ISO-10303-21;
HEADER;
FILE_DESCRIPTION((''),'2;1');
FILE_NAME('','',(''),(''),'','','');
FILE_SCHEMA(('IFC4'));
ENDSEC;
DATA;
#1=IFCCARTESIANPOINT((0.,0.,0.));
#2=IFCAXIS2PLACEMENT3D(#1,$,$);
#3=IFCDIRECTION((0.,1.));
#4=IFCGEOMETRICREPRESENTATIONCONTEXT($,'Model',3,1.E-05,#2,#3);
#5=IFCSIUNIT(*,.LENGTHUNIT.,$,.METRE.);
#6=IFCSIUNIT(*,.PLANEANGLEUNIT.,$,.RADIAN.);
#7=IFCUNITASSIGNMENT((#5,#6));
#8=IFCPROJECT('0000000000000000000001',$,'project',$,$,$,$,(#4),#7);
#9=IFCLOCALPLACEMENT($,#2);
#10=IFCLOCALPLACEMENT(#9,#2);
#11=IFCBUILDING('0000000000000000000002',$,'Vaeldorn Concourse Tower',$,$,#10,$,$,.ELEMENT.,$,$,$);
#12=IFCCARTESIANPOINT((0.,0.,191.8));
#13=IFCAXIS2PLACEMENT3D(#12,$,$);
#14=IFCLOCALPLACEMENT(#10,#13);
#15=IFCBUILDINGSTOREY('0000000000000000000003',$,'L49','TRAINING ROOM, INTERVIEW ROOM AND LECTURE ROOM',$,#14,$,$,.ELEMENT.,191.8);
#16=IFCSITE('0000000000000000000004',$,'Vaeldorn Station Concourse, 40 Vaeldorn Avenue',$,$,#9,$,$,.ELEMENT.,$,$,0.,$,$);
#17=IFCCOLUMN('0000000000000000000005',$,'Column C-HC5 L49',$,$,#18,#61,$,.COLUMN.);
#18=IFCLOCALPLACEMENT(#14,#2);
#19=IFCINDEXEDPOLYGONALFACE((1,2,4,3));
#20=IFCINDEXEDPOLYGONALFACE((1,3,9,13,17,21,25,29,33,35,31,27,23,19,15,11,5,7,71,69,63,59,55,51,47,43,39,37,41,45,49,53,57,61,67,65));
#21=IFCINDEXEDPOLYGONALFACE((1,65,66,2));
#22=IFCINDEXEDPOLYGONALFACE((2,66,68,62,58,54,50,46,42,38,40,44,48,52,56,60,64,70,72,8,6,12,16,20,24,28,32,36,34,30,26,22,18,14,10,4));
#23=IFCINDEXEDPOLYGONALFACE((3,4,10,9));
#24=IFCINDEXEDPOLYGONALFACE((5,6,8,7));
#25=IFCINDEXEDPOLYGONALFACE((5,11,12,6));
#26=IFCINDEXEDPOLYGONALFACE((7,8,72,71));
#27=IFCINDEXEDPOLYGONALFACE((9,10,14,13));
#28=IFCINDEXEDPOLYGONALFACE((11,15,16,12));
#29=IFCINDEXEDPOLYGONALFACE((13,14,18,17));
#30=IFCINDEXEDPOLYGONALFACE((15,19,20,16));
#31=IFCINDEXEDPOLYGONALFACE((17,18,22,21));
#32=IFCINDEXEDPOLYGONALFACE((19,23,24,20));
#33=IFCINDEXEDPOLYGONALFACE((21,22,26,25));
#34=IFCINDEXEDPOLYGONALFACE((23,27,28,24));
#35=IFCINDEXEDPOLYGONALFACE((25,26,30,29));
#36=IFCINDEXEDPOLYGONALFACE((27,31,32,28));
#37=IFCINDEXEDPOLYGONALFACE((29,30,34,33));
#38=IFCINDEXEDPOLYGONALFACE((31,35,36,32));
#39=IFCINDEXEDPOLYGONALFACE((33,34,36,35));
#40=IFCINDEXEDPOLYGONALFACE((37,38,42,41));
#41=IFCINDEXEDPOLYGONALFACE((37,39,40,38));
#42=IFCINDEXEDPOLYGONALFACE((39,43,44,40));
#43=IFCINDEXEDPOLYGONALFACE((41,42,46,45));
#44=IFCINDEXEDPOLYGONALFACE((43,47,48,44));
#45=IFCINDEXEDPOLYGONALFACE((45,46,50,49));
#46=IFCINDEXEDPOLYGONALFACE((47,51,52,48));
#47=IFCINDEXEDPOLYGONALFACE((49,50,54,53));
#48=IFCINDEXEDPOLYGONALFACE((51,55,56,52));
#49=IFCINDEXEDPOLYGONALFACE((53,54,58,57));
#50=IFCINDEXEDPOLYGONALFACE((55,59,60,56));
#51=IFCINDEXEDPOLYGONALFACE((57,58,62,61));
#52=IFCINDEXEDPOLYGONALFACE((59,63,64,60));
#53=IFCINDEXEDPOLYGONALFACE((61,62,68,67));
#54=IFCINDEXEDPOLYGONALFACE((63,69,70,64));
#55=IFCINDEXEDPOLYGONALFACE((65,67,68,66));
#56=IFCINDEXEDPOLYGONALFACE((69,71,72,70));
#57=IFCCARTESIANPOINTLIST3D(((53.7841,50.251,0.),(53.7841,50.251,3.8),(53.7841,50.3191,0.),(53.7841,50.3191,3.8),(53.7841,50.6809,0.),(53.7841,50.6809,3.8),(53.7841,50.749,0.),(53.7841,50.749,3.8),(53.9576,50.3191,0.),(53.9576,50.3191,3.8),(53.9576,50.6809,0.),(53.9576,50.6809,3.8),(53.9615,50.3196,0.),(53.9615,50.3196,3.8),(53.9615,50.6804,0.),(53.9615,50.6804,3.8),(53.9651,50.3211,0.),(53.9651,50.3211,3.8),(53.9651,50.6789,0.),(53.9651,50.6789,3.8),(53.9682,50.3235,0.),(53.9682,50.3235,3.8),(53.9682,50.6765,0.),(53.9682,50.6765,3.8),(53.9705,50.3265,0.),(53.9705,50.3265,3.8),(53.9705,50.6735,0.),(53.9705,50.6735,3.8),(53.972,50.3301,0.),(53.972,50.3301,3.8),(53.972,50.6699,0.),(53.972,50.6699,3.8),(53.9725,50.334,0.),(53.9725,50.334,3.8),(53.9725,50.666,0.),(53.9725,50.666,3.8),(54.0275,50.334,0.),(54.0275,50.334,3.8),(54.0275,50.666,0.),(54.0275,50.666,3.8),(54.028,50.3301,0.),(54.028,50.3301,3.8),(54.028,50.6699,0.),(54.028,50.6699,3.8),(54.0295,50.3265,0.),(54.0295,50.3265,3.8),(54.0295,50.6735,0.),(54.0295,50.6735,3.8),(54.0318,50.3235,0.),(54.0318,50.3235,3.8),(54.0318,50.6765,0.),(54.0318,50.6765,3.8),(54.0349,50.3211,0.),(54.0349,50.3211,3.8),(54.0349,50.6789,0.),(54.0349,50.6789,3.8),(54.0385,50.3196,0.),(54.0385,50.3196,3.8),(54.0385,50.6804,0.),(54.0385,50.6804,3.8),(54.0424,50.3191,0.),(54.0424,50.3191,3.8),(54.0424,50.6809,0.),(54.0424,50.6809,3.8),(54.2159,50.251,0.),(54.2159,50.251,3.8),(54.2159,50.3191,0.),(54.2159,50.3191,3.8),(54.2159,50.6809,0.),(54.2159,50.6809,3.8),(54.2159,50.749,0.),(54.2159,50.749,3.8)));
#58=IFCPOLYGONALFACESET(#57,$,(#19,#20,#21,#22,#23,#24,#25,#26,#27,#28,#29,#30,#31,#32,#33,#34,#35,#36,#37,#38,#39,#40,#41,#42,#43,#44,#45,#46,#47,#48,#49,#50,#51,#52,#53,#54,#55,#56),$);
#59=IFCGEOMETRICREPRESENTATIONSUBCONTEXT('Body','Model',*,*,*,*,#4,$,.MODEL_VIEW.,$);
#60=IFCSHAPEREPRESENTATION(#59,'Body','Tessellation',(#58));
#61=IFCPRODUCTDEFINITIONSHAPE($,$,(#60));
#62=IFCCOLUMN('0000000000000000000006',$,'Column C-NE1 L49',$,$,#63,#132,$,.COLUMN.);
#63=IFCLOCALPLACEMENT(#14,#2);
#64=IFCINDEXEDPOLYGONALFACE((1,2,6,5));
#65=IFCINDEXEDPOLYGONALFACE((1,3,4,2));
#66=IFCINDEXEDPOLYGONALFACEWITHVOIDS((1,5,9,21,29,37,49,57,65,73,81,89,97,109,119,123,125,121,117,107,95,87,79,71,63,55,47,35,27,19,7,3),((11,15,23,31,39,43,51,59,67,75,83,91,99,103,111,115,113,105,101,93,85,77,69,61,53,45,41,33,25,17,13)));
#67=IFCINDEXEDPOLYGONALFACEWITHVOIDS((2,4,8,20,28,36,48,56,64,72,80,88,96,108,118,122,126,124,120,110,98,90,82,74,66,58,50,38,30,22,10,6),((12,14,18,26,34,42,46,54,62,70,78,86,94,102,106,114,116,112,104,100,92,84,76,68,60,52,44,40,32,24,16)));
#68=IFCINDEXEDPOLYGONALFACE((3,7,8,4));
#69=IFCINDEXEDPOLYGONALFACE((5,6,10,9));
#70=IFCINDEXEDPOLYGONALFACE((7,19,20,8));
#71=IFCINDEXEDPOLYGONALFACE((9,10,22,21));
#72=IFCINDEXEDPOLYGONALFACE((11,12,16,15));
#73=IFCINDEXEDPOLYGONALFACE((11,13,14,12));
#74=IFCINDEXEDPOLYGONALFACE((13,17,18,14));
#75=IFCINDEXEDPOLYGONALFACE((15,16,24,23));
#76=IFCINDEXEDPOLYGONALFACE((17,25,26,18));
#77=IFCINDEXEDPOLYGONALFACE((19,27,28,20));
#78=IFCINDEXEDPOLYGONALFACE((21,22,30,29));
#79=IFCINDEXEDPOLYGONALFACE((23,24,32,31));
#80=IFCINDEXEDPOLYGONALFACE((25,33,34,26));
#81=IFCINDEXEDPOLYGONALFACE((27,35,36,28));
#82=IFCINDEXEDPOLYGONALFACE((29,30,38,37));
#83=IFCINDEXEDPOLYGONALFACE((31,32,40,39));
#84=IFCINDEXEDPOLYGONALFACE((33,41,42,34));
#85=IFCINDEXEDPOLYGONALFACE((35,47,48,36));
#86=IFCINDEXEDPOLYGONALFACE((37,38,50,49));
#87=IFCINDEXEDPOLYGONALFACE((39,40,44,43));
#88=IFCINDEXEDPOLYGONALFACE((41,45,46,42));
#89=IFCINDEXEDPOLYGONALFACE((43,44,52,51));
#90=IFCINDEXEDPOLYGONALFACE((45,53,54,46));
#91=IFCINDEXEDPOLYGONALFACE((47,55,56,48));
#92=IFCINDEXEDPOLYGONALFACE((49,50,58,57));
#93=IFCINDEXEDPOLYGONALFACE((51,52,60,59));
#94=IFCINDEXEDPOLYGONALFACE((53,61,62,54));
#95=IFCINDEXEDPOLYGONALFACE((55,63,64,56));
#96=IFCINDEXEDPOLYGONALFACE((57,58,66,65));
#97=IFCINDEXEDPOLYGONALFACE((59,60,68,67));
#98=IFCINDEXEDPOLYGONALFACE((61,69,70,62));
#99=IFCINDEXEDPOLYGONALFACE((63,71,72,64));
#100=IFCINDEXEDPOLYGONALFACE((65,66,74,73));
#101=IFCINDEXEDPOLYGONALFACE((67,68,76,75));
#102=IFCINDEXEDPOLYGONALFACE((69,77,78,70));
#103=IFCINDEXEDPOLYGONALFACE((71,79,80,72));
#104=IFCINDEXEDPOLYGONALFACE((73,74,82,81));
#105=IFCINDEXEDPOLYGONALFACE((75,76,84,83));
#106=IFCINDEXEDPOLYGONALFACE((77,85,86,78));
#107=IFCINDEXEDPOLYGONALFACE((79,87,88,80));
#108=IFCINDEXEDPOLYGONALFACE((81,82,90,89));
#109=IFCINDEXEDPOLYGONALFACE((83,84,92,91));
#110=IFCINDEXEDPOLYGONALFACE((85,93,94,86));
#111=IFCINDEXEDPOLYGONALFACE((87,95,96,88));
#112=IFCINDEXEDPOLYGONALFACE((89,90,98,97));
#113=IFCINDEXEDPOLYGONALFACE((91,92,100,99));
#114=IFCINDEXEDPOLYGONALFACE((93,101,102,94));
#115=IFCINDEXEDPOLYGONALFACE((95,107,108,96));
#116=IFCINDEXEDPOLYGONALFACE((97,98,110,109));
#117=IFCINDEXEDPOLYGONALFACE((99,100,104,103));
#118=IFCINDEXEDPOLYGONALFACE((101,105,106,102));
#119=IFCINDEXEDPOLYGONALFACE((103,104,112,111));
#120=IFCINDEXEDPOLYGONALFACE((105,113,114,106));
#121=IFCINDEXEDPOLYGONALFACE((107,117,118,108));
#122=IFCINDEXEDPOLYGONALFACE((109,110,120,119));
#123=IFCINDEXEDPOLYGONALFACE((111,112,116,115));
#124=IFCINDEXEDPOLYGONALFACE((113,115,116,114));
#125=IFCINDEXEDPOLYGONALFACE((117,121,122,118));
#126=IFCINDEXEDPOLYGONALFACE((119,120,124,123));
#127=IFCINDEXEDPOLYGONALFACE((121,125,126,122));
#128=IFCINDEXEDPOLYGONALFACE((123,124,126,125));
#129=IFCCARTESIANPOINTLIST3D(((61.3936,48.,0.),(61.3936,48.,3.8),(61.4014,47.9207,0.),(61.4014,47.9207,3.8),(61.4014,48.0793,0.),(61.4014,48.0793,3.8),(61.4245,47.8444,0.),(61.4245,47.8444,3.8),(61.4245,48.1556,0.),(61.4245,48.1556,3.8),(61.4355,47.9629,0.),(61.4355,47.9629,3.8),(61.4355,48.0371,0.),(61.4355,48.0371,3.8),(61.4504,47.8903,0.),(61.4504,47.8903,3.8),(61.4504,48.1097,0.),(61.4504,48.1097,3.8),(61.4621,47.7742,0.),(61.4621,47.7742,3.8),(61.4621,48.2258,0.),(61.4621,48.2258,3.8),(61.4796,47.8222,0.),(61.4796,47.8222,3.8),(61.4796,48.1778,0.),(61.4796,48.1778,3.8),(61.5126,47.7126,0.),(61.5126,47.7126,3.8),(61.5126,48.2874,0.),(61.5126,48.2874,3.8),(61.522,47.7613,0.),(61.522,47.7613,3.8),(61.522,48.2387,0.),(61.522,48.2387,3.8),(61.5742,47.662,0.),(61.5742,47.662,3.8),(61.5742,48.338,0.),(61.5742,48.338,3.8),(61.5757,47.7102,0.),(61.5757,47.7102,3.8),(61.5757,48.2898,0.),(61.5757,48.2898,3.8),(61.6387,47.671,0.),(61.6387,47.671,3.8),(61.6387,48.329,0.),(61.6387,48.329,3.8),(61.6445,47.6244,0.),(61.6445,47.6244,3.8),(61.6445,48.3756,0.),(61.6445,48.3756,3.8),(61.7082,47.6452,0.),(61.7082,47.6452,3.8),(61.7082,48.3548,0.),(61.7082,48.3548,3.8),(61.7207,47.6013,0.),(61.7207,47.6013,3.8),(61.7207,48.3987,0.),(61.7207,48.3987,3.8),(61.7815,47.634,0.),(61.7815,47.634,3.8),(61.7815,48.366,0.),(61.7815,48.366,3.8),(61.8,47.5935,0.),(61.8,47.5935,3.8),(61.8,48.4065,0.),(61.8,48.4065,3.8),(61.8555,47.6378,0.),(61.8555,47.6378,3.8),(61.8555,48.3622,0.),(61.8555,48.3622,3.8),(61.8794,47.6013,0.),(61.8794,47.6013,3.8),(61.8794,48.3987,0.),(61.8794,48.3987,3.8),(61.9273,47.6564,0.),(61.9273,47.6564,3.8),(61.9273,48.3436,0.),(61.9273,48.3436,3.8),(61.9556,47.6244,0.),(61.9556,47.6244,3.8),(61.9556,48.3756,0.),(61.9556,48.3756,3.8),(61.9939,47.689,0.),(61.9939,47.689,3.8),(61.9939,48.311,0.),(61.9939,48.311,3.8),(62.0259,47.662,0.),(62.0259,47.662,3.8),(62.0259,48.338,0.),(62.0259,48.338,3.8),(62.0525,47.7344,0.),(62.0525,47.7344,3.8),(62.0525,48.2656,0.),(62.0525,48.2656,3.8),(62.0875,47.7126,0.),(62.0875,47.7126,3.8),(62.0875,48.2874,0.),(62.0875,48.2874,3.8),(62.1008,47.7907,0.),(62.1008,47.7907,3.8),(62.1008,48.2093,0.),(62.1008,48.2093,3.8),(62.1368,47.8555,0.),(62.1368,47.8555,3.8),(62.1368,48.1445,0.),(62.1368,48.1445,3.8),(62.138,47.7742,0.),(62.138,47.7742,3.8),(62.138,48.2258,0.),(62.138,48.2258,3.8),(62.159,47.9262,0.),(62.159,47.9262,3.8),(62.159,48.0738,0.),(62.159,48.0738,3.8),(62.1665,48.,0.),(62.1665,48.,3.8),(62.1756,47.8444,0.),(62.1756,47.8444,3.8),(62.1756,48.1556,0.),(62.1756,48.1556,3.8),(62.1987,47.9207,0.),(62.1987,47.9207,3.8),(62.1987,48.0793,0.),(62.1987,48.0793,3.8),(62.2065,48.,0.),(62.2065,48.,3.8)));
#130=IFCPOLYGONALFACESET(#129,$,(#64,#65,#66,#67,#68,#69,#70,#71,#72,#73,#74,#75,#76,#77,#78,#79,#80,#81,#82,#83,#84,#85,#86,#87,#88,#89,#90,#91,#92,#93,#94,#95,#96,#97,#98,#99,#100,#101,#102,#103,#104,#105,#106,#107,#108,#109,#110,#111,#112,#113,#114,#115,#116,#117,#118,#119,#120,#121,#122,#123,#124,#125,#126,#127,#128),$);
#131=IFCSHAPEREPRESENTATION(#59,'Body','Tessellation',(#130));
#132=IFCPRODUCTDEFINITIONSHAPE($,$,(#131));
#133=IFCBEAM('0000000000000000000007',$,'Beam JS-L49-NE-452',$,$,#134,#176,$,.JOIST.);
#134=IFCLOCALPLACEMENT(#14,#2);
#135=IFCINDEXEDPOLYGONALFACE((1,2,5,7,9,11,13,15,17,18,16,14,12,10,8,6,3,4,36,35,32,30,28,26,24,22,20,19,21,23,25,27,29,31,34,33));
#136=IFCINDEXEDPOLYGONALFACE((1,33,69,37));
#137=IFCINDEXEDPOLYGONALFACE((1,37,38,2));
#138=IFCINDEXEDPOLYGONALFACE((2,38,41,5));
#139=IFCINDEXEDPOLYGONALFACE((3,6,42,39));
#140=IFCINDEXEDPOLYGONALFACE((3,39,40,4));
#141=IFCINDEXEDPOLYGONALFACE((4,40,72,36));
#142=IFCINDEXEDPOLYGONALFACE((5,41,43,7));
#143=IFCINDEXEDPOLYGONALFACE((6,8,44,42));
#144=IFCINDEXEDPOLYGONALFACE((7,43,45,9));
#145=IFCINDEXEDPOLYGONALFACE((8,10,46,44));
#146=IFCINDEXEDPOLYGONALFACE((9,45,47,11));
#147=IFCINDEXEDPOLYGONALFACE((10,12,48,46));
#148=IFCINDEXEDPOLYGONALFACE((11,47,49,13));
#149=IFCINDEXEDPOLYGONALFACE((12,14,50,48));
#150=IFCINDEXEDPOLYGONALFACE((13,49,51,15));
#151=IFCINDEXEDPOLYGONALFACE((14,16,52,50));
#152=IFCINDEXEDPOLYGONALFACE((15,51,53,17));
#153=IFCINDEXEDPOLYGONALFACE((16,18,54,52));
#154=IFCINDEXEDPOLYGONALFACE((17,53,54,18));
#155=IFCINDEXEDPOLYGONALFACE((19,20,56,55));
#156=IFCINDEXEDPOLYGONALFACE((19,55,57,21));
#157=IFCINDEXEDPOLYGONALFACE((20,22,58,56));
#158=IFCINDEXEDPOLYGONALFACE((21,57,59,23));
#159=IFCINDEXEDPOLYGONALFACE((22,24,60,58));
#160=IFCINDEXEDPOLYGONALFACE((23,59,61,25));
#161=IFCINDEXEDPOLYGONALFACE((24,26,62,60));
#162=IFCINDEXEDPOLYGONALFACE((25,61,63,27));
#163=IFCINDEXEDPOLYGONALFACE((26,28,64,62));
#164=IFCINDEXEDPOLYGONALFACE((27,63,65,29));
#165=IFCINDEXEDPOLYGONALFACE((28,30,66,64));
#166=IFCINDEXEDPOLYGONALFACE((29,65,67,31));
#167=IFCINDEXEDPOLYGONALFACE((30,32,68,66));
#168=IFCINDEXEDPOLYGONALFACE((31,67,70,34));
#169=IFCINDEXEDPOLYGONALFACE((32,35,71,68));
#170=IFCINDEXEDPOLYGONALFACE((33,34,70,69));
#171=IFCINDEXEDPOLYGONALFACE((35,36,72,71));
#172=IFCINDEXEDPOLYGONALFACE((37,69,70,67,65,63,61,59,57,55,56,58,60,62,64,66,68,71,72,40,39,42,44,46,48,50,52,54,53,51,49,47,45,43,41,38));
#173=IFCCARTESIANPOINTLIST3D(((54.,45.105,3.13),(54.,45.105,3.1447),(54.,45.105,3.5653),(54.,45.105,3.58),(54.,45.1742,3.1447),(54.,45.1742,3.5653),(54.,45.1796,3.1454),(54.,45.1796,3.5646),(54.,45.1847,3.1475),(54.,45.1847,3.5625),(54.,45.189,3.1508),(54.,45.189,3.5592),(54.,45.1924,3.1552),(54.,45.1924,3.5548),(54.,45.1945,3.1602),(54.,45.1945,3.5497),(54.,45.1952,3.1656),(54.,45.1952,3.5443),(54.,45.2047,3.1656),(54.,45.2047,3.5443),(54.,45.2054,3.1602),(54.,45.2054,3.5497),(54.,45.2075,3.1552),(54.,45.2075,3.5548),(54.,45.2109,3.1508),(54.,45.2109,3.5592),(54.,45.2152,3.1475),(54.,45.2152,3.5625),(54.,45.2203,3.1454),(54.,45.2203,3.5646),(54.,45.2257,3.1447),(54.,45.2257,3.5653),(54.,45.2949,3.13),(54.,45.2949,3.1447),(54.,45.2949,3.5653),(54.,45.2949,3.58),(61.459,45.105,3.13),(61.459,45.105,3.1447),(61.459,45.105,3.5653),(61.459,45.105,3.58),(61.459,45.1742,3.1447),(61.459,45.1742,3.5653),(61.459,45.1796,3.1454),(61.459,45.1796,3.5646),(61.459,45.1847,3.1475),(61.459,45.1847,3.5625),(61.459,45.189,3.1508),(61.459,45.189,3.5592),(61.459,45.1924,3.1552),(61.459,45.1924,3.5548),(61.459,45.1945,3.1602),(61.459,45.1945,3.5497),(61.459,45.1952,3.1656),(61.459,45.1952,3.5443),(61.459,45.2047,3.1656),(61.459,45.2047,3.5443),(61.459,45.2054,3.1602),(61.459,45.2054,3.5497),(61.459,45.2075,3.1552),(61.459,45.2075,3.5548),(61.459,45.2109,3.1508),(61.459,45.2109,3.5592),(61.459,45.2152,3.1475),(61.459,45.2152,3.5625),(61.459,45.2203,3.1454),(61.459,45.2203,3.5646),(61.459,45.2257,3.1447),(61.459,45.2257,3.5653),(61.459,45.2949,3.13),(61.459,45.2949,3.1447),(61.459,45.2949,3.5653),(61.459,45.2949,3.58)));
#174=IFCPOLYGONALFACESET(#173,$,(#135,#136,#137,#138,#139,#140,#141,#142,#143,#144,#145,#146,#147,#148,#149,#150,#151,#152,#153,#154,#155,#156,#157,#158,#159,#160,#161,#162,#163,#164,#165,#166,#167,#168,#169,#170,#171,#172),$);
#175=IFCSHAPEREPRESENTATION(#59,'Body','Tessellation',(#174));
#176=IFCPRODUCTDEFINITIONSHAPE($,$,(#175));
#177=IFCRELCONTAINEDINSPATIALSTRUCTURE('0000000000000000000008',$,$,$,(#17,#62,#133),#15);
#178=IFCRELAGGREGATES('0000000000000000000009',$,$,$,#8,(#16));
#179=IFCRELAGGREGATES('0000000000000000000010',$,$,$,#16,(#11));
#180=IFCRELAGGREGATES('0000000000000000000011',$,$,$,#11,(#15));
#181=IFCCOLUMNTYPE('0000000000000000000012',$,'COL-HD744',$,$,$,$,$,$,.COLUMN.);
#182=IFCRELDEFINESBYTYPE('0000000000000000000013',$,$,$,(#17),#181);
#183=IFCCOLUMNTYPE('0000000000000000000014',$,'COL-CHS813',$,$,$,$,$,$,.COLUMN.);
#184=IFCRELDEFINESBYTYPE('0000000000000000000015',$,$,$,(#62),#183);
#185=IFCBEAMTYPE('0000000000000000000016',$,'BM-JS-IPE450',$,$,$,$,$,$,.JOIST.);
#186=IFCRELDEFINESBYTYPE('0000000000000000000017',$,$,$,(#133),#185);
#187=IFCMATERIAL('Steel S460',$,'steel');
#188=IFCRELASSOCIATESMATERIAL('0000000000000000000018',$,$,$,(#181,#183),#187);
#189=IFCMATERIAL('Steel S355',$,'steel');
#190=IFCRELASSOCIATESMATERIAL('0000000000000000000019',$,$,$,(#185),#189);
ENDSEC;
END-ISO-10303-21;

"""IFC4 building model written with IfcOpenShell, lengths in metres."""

from ifc_helpers import new_model, si_unit, direction, frame, origin, origin_2d, place, context, subcontext, project, spatial, hollow_circle, i_section, extrude, source, transform, mapped, material, material_profile, profile_set, type_object, element, save


model = new_model("IFC4")

# Units and contexts
model_context = context("Model", 3, precision=1e-05, world=origin(), true_north=direction((0.0, 1.0)))
body_context = subcontext(model_context, "Body", "Model", "MODEL_VIEW")
ifc_project = project(units=[si_unit("LENGTHUNIT", "METRE"), si_unit("PLANEANGLEUNIT", "RADIAN")], contexts=[model_context])

# Site, building, storey
site_placement = place(None, origin())
site = spatial("IfcSite", under=ifc_project, at=site_placement, Name="Vaeldorn Station Concourse, 40 Vaeldorn Avenue", CompositionType="ELEMENT", RefElevation=0.0)
building_placement = place(site_placement, origin())
building = spatial("IfcBuilding", under=site, at=building_placement, Name="Vaeldorn Concourse Tower", CompositionType="ELEMENT")
storey_placement = place(building_placement, frame((0.0, 0.0, 191.8)))
storey = spatial("IfcBuildingStorey", under=building, at=storey_placement, Name="L49", Description="TRAINING ROOM, INTERVIEW ROOM AND LECTURE ROOM", CompositionType="ELEMENT", Elevation=191.8)

# Columns
ifc_material_1 = material(Name="Steel S460", Category="steel")
ifc_material_profile_1 = material_profile(ifc_material_1, i_section(OverallWidth=0.4319, OverallDepth=0.498, WebThickness=0.0549, FlangeThickness=0.0681, FilletRadius=0.0149, at=origin_2d()), Name="HD 400x744")
ifc_profile_set_1 = profile_set([ifc_material_profile_1], Name="Steel S460")
column_type_1 = type_object("IfcColumnType", Name="COL-HD744", PredefinedType="COLUMN", material=ifc_profile_set_1)
shared_shape_1 = source(origin(), body_context, "Body", "SweptSolid", [
    extrude(i_section(OverallWidth=0.4319, OverallDepth=0.498, WebThickness=0.0549, FlangeThickness=0.0681, FilletRadius=0.0149, at=origin_2d()), origin(), (0.0, 0.0, 1.0), 3.8),
])
column_1_placement = place(storey_placement, frame((54.0, 50.5, 0.0), z_axis=(0.0, 0.0, 1.0), x_axis=(1.0, 0.0, 0.0)))
element("IfcColumn", 1, at=column_1_placement, inside=storey, type_object=column_type_1, Name="Column C-HC5 L49", PredefinedType="COLUMN", context=body_context, shape_type="MappedRepresentation", body=[
    mapped(shared_shape_1, transform((0.0, 0.0, 0.0), scale=1.0)),
])
ifc_material_profile_2 = material_profile(ifc_material_1, hollow_circle(Radius=0.4065, WallThickness=0.04, at=origin_2d()), Name="CHS 813x40")
ifc_profile_set_2 = profile_set([ifc_material_profile_2], Name="Steel S460")
column_type_2 = type_object("IfcColumnType", Name="COL-CHS813", PredefinedType="COLUMN", material=ifc_profile_set_2)
shared_shape_2 = source(origin(), body_context, "Body", "SweptSolid", [
    extrude(hollow_circle(Radius=0.4065, WallThickness=0.04, at=origin_2d()), origin(), (0.0, 0.0, 1.0), 3.8),
])
column_2_placement = place(storey_placement, frame((61.8, 48.0, 0.0), z_axis=(0.0, 0.0, 1.0), x_axis=(1.0, 0.0, 0.0)))
element("IfcColumn", 2, at=column_2_placement, inside=storey, type_object=column_type_2, Name="Column C-NE1 L49", PredefinedType="COLUMN", context=body_context, shape_type="MappedRepresentation", body=[
    mapped(shared_shape_2, transform((0.0, 0.0, 0.0), scale=1.0)),
])

# Beam
ifc_material_2 = material(Name="Steel S355", Category="steel")
ifc_material_profile_3 = material_profile(ifc_material_2, i_section(OverallWidth=0.1899, OverallDepth=0.45, WebThickness=0.0095, FlangeThickness=0.0146, FilletRadius=0.021, at=origin_2d()), Name="IPE 450")
ifc_profile_set_3 = profile_set([ifc_material_profile_3], Name="Steel S355")
beam_type_1 = type_object("IfcBeamType", Name="BM-JS-IPE450", PredefinedType="JOIST", material=ifc_profile_set_3)
shared_shape_3 = source(origin(), body_context, "Body", "SweptSolid", [
    extrude(i_section(OverallWidth=0.1899, OverallDepth=0.45, WebThickness=0.0095, FlangeThickness=0.0146, FilletRadius=0.021, at=origin_2d()), origin(), (0.0, 0.0, 1.0), 7.459),
])
beam_1_placement = place(storey_placement, frame((54.0, 45.2, 3.355), z_axis=(1.0, 0.0, 0.0), x_axis=(0.0, 1.0, 0.0)))
element("IfcBeam", 3, at=beam_1_placement, inside=storey, type_object=beam_type_1, Name="Beam JS-L49-NE-452", PredefinedType="JOIST", context=body_context, shape_type="MappedRepresentation", body=[
    mapped(shared_shape_3, transform((0.0, 0.0, 0.0), scale=1.0)),
])

save(model, "model.ifc")
